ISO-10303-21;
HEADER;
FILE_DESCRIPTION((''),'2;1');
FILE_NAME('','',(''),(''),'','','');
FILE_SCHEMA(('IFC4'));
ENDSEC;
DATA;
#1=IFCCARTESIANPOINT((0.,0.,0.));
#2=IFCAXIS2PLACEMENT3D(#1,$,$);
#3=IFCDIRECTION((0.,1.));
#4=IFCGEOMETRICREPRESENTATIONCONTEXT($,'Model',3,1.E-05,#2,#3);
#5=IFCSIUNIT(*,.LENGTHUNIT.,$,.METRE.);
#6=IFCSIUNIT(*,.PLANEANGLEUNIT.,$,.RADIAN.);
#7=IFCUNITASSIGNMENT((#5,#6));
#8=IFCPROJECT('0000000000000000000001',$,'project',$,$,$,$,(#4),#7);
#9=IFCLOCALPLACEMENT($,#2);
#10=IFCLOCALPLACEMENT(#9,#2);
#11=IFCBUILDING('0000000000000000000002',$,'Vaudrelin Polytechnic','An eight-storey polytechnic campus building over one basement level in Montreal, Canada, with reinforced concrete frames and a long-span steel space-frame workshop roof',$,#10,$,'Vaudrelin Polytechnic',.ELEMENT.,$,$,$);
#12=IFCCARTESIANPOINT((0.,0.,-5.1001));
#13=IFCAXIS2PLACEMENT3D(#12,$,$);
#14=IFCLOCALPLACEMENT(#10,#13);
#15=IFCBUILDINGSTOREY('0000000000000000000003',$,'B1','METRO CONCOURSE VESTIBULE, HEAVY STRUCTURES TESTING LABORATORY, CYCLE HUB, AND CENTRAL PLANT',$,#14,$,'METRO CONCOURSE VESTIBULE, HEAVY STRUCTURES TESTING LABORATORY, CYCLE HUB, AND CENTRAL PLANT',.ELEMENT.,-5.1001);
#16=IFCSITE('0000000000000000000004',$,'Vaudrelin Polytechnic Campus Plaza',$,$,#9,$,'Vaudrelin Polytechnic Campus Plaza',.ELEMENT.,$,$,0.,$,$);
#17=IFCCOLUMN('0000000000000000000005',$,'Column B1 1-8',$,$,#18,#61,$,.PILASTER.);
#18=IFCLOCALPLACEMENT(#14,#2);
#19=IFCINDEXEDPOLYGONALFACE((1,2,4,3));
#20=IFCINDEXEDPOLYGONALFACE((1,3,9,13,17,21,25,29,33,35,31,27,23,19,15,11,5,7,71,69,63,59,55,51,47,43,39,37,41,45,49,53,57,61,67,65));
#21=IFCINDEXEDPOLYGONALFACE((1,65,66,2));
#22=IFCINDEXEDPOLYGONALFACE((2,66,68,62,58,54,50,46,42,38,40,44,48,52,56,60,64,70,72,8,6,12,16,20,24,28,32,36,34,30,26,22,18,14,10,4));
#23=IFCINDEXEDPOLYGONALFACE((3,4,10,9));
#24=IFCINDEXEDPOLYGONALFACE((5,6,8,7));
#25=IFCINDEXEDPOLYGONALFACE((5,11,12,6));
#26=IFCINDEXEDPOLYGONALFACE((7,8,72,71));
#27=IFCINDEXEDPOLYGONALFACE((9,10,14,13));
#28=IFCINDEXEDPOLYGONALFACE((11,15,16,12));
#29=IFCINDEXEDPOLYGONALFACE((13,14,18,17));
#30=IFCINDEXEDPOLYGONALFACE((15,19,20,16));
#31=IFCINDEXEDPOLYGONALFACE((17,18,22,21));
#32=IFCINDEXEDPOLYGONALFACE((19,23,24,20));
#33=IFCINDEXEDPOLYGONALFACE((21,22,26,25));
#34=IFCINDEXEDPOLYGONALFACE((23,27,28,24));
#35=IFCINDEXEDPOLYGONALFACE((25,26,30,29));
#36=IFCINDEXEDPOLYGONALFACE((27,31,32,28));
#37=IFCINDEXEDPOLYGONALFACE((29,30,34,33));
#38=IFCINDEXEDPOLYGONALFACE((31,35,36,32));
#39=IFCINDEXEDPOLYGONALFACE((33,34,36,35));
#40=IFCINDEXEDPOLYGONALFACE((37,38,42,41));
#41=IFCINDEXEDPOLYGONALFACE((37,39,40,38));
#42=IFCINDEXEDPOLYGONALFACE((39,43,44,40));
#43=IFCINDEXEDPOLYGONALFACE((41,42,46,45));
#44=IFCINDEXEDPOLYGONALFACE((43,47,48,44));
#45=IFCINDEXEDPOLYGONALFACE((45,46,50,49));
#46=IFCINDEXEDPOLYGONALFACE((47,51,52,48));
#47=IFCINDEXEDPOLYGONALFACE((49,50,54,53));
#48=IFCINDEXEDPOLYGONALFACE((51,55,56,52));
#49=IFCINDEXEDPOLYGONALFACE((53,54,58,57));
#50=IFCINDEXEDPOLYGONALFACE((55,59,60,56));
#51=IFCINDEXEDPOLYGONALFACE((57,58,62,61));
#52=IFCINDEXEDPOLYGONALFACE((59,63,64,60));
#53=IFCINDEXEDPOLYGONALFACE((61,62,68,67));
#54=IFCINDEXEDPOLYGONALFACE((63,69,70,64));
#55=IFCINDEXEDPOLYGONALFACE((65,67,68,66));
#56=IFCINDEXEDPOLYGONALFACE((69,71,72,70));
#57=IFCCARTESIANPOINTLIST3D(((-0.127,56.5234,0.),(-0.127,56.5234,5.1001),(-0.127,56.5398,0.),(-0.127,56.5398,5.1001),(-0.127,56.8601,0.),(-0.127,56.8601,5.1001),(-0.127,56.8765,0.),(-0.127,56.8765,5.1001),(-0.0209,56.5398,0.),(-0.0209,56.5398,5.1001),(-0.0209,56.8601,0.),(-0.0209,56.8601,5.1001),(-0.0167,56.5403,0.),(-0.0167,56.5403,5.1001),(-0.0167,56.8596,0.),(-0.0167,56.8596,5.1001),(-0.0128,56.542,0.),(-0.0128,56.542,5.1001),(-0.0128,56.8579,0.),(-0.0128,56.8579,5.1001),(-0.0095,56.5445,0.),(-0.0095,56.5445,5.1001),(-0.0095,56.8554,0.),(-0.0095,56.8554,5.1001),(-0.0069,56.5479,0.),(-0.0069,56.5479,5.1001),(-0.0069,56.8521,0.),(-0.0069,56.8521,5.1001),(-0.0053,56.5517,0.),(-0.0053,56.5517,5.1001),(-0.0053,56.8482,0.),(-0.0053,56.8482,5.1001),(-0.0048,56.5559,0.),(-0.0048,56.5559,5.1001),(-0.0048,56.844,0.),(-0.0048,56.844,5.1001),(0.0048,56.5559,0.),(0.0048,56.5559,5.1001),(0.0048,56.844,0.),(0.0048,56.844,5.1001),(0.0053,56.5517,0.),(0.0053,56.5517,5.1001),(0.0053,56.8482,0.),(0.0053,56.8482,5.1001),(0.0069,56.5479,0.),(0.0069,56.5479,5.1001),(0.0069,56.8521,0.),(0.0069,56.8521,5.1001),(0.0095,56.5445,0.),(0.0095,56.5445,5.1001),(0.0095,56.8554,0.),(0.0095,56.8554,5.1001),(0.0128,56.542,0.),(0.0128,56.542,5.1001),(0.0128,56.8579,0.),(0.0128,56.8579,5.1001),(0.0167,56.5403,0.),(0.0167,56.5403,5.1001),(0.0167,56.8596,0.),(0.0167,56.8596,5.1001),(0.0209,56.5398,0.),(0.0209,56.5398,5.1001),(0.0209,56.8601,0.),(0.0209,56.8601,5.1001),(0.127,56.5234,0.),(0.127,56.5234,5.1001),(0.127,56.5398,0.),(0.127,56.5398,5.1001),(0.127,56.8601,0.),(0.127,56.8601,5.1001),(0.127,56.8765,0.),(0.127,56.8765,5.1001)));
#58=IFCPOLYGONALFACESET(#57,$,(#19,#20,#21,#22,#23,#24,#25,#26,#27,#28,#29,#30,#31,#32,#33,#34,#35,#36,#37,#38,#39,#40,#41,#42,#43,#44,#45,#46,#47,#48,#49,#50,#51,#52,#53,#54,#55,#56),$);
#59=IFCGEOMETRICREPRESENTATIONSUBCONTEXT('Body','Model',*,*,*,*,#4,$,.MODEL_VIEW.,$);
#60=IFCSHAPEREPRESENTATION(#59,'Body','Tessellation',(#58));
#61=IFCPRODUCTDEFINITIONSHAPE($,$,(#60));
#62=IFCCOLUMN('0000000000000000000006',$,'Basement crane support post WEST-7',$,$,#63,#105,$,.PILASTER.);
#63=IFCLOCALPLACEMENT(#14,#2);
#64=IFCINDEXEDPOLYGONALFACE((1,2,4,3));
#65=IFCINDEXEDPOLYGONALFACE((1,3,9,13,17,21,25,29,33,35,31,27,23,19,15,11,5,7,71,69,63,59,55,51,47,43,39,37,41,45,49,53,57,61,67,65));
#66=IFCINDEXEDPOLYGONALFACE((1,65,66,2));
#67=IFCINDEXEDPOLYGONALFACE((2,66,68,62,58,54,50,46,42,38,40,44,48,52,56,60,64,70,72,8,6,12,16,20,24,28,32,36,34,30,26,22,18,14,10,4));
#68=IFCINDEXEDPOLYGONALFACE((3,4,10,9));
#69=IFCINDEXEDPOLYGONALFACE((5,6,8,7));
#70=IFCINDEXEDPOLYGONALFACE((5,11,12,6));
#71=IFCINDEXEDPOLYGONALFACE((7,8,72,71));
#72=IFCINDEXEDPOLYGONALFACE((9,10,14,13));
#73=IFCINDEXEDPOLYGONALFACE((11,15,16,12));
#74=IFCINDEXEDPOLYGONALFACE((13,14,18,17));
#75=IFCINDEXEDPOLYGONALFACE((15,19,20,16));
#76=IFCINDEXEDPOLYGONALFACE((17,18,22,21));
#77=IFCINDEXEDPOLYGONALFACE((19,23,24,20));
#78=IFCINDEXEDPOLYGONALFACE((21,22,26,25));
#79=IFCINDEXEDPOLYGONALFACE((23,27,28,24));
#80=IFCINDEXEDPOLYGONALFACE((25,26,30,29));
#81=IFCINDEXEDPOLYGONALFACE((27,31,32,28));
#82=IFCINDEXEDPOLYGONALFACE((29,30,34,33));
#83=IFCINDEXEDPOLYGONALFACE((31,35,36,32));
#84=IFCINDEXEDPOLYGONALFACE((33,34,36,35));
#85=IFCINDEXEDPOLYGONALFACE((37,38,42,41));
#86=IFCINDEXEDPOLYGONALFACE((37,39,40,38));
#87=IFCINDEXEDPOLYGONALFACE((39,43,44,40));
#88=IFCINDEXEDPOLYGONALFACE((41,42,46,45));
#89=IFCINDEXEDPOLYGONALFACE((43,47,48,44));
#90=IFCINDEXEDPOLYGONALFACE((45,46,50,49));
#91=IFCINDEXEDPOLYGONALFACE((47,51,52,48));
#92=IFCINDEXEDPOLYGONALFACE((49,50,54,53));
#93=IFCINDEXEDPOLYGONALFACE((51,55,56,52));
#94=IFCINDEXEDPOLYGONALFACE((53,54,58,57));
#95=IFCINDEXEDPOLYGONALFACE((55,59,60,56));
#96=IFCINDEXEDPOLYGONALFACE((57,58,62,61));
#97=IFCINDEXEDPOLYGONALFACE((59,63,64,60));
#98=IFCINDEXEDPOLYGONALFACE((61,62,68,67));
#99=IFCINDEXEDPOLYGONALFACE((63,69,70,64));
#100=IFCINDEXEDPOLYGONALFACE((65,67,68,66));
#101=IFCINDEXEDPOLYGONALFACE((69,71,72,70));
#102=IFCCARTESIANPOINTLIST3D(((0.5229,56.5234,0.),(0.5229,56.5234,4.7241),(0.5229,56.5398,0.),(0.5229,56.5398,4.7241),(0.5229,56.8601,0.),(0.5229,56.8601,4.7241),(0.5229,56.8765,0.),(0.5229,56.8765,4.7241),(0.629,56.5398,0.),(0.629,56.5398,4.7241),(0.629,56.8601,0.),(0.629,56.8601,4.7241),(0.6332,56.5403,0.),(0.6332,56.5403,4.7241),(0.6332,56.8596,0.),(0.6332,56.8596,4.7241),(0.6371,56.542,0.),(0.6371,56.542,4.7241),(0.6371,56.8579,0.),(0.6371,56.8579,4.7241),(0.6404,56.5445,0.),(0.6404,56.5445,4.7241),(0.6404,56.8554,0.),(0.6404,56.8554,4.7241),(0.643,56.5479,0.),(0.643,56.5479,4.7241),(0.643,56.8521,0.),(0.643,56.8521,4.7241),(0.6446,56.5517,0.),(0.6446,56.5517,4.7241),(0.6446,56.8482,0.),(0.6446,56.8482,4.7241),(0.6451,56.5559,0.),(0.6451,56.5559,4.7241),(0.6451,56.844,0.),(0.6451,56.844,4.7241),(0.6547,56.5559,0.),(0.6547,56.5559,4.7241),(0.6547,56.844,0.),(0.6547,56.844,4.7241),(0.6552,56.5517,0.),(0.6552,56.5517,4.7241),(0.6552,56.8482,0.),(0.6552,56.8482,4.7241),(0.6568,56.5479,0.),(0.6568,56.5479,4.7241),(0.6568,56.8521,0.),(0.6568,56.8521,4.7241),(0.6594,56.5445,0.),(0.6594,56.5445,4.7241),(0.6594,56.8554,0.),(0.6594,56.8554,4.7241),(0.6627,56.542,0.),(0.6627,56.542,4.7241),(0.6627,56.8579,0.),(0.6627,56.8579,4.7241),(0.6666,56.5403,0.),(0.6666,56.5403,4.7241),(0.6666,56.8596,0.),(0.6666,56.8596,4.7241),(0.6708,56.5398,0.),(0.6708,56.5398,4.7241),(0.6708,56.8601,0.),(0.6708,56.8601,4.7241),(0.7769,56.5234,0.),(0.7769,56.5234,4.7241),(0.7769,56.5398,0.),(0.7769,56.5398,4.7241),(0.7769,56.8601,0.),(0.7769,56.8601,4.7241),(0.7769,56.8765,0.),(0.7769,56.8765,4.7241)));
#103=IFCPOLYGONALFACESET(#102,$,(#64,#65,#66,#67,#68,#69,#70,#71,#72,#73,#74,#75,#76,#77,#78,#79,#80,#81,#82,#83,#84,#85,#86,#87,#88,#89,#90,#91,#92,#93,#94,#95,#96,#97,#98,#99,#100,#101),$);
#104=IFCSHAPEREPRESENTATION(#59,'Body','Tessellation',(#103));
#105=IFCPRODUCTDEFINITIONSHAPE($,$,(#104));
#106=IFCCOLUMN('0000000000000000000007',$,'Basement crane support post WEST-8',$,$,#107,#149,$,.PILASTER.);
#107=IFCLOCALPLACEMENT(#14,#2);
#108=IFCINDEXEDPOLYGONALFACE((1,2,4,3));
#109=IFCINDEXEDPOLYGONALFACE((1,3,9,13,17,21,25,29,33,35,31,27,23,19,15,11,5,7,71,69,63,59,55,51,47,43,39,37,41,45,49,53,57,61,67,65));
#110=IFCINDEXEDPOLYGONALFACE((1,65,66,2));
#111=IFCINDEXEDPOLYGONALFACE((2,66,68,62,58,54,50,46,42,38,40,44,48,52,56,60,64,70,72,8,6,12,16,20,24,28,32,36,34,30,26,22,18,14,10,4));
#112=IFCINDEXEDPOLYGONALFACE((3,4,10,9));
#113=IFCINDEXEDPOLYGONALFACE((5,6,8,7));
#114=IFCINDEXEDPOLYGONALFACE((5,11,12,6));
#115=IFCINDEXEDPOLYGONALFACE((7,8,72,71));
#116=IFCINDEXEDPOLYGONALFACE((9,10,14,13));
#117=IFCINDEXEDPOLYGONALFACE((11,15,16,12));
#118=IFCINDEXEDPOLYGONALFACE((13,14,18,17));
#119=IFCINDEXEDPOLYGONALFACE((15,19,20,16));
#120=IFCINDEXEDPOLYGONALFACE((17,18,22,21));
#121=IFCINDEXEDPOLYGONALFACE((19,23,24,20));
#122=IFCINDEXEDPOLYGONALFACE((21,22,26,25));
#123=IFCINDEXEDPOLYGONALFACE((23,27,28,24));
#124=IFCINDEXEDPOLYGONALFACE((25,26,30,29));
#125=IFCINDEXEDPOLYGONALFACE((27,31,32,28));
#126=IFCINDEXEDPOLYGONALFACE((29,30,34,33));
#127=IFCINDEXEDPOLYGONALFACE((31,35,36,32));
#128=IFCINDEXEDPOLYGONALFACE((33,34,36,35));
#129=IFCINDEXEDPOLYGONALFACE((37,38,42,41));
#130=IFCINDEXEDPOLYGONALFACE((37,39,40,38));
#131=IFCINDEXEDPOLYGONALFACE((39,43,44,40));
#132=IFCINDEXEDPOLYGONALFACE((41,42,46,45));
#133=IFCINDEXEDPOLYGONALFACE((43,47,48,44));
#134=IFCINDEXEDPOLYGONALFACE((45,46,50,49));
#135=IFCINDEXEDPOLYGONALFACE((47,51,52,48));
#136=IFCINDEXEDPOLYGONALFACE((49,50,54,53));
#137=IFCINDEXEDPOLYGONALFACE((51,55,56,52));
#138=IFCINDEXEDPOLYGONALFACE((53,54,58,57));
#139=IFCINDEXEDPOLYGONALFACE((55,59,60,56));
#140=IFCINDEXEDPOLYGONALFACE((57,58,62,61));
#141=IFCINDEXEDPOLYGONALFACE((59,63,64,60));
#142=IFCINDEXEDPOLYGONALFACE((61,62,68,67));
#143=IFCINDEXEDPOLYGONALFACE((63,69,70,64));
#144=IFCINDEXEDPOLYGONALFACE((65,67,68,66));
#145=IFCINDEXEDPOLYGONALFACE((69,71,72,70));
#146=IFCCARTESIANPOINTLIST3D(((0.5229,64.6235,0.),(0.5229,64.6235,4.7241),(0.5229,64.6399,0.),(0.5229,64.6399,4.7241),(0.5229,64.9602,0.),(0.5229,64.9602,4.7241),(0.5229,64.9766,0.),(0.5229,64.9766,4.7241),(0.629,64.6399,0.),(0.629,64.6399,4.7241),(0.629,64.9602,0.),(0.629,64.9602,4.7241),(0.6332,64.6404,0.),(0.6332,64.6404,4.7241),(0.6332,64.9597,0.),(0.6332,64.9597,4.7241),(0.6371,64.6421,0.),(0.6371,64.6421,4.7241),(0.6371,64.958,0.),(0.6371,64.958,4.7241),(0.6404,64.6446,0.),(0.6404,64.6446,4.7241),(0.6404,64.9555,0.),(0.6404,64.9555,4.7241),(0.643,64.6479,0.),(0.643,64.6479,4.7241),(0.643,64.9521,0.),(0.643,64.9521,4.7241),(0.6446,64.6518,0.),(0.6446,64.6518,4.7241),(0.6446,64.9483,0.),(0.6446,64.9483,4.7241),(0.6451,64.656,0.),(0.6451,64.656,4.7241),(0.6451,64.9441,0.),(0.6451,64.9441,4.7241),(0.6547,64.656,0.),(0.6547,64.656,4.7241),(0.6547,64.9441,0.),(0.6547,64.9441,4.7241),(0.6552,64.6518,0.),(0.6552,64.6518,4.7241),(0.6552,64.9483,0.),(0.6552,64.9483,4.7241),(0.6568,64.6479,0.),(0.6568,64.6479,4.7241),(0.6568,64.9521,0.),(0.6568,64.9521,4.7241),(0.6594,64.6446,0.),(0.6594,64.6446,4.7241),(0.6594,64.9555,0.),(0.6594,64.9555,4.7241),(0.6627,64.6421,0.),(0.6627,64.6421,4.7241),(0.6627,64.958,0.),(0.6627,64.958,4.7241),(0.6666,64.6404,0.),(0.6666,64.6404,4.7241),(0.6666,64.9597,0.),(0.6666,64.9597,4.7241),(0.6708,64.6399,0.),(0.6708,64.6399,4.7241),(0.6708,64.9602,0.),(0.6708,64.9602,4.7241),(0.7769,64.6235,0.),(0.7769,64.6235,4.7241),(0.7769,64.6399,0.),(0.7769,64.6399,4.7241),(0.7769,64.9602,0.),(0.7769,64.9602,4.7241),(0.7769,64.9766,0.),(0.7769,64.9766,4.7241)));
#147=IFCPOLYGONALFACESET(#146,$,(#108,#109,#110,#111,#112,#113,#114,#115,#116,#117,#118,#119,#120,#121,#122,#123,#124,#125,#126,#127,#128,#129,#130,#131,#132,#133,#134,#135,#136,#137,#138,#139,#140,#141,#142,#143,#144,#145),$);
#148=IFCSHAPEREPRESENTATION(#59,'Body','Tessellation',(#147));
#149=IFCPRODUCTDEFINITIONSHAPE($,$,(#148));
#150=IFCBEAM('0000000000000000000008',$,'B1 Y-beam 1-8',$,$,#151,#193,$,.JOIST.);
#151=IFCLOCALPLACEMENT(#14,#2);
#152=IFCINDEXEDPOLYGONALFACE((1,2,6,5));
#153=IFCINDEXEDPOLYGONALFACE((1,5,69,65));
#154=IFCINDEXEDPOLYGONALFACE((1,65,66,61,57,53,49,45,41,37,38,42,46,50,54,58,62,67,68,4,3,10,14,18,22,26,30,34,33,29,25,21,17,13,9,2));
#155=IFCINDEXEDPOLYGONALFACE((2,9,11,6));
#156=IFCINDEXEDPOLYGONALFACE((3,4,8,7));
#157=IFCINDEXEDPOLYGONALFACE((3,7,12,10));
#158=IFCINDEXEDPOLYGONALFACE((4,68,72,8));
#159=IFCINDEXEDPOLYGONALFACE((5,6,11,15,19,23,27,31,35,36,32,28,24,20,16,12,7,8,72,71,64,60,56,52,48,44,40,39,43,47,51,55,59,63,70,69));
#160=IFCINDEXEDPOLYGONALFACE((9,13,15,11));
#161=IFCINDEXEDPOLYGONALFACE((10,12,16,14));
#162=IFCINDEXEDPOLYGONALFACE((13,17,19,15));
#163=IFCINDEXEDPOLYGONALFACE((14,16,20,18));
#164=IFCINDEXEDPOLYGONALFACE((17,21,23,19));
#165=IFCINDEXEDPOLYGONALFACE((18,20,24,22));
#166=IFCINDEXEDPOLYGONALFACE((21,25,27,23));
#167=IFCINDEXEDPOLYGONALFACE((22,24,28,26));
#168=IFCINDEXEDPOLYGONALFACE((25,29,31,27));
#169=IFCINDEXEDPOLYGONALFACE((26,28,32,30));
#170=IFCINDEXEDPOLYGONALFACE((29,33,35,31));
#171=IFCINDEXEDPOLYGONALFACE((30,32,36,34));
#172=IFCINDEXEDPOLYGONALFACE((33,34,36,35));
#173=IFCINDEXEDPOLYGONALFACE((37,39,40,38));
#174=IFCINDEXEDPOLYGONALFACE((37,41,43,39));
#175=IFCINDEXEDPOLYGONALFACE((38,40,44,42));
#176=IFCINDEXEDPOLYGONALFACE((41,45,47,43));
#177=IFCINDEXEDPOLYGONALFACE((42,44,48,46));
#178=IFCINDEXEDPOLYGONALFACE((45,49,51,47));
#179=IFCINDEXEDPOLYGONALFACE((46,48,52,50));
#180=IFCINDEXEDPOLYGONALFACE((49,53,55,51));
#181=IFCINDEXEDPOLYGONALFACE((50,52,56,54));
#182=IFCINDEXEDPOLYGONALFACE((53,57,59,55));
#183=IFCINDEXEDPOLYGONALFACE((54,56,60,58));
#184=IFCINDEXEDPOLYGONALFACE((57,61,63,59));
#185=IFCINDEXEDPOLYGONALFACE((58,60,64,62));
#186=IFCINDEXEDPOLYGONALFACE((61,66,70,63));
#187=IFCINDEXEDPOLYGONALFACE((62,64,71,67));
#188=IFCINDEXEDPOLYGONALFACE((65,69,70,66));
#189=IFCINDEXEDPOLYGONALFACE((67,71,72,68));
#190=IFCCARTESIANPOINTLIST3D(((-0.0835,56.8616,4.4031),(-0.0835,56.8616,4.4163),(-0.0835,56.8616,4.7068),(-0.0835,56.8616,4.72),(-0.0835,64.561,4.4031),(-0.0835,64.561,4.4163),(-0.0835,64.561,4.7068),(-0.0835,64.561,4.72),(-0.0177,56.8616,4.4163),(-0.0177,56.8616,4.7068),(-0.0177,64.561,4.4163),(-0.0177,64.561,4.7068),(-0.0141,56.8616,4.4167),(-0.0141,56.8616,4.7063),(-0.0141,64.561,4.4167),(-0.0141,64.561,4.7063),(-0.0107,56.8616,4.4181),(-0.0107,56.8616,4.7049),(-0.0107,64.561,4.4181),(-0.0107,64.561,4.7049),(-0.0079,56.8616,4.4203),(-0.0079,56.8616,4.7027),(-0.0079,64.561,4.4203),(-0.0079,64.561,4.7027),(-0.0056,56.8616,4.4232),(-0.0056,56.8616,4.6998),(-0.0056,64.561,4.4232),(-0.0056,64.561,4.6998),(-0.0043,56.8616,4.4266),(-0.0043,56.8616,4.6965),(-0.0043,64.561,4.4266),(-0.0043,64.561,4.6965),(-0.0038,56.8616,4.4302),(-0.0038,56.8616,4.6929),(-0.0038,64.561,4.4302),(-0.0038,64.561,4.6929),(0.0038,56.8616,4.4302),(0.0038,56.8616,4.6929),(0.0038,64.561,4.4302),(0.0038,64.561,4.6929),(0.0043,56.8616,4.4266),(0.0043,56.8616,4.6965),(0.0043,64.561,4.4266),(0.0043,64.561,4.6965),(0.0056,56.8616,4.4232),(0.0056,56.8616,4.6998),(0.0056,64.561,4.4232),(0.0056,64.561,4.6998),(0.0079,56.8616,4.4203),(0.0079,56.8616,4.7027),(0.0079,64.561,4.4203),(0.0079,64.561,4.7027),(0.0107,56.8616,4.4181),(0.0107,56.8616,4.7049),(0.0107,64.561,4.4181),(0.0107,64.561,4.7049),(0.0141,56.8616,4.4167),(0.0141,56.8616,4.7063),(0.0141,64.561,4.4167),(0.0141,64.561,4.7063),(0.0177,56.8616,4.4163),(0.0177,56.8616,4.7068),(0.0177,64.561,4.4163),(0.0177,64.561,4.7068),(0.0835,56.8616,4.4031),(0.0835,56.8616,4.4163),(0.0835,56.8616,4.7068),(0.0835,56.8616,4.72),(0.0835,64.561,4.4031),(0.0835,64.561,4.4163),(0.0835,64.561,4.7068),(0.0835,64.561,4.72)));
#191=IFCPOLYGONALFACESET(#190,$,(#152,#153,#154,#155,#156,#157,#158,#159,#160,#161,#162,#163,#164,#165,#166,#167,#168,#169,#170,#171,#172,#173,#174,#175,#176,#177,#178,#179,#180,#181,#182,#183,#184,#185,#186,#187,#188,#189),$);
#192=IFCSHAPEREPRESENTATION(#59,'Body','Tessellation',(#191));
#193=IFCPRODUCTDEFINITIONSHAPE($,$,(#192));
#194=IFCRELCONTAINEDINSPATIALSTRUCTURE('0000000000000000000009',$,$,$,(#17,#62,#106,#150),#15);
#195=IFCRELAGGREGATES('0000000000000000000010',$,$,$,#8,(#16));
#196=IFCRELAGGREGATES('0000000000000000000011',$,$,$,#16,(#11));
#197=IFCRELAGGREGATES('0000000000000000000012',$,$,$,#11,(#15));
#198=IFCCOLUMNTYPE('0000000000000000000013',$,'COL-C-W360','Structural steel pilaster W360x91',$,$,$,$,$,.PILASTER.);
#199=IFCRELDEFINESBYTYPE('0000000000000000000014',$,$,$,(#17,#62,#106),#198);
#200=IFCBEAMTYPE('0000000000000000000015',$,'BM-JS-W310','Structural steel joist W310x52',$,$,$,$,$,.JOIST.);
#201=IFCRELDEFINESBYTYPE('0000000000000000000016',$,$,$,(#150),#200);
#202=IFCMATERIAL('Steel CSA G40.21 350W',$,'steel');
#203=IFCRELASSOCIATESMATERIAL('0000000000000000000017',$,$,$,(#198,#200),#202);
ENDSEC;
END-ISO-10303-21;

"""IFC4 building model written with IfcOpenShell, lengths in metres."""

from ifc_helpers import new_model, si_unit, direction, frame, origin, origin_2d, place, context, subcontext, project, spatial, i_section, extrude, material, material_profile, profile_set, type_object, element, save


model = new_model("IFC4")

# Units and contexts
model_context = context("Model", 3, precision=1e-05, world=origin(), true_north=direction((0.0, 1.0)))
body_context = subcontext(model_context, "Body", "Model", "MODEL_VIEW")
ifc_project = project(units=[si_unit("LENGTHUNIT", "METRE"), si_unit("PLANEANGLEUNIT", "RADIAN")], contexts=[model_context])

# Site, building, storey
site_placement = place(None, origin())
site = spatial("IfcSite", under=ifc_project, at=site_placement, Name="Vaudrelin Polytechnic Campus Plaza", LongName="Vaudrelin Polytechnic Campus Plaza", CompositionType="ELEMENT", RefElevation=0.0)
building_placement = place(site_placement, origin())
building = spatial("IfcBuilding", under=site, at=building_placement, Name="Vaudrelin Polytechnic", Description="An eight-storey polytechnic campus building over one basement level in Montreal, Canada, with reinforced concrete frames and a long-span steel space-frame workshop roof", LongName="Vaudrelin Polytechnic", CompositionType="ELEMENT")
storey_placement = place(building_placement, frame((0.0, 0.0, -5.1001)))
storey = spatial("IfcBuildingStorey", under=building, at=storey_placement, Name="B1", Description="METRO CONCOURSE VESTIBULE, HEAVY STRUCTURES TESTING LABORATORY, CYCLE HUB, AND CENTRAL PLANT", LongName="METRO CONCOURSE VESTIBULE, HEAVY STRUCTURES TESTING LABORATORY, CYCLE HUB, AND CENTRAL PLANT", CompositionType="ELEMENT", Elevation=-5.1001)

# Columns
ifc_material_1 = material(Name="Steel CSA G40.21 350W", Category="steel")
ifc_material_profile_1 = material_profile(ifc_material_1, i_section(OverallWidth=0.2539, OverallDepth=0.353, WebThickness=0.0095, FlangeThickness=0.0164, FilletRadius=0.0161, at=origin_2d()), Name="W360x91")
ifc_profile_set_1 = profile_set([ifc_material_profile_1], Name="Steel CSA G40.21 350W")
column_type_1 = type_object("IfcColumnType", Name="COL-C-W360", Description="Structural steel pilaster W360x91", PredefinedType="PILASTER", material=ifc_profile_set_1)
column_1_placement = place(storey_placement, frame((0.0, 56.7, 0.0), z_axis=(0.0, 0.0, 1.0), x_axis=(1.0, 0.0, 0.0)))
element("IfcColumn", 1, at=column_1_placement, inside=storey, type_object=column_type_1, Name="Column B1 1-8", PredefinedType="PILASTER", context=body_context, shape_type="SweptSolid", body=[
    extrude(i_section(OverallWidth=0.2539, OverallDepth=0.353, WebThickness=0.0095, FlangeThickness=0.0164, FilletRadius=0.0161, at=origin_2d()), origin(), (0.0, 0.0, 1.0), 5.1001),
])
for number, where, z_axis, x_axis, name in (
    (2, (0.6499, 56.7, 0.0), (0.0, 0.0, 1.0), (1.0, 0.0, 0.0), "Basement crane support post WEST-7"),
    (3, (0.6499, 64.8, 0.0), (0.0, 0.0, 1.0), (1.0, 0.0, 0.0), "Basement crane support post WEST-8"),
):
    element("IfcColumn", number, at=place(storey_placement, frame(where, z_axis=z_axis, x_axis=x_axis)), inside=storey, type_object=column_type_1, Name=name, PredefinedType="PILASTER", context=body_context, shape_type="SweptSolid", body=[
        extrude(i_section(OverallWidth=0.2539, OverallDepth=0.353, WebThickness=0.0095, FlangeThickness=0.0164, FilletRadius=0.0161, at=origin_2d()), origin(), (0.0, 0.0, 1.0), 4.7241),
    ])

# Beam
ifc_material_profile_2 = material_profile(ifc_material_1, i_section(OverallWidth=0.167, OverallDepth=0.3169, WebThickness=0.0076, FlangeThickness=0.0132, FilletRadius=0.0139, at=origin_2d()), Name="W310x52")
ifc_profile_set_2 = profile_set([ifc_material_profile_2], Name="Steel CSA G40.21 350W")
beam_type_1 = type_object("IfcBeamType", Name="BM-JS-W310", Description="Structural steel joist W310x52", PredefinedType="JOIST", material=ifc_profile_set_2)
beam_1_placement = place(storey_placement, frame((0.0, 56.8616, 4.5615), z_axis=(0.0, 1.0, 0.0), x_axis=(-1.0, 0.0, 0.0)))
element("IfcBeam", 4, at=beam_1_placement, inside=storey, type_object=beam_type_1, Name="B1 Y-beam 1-8", PredefinedType="JOIST", context=body_context, shape_type="SweptSolid", body=[
    extrude(i_section(OverallWidth=0.167, OverallDepth=0.3169, WebThickness=0.0076, FlangeThickness=0.0132, FilletRadius=0.0139, at=origin_2d()), origin(), (0.0, 0.0, 1.0), 7.6995),
])

save(model, "model.ifc")
